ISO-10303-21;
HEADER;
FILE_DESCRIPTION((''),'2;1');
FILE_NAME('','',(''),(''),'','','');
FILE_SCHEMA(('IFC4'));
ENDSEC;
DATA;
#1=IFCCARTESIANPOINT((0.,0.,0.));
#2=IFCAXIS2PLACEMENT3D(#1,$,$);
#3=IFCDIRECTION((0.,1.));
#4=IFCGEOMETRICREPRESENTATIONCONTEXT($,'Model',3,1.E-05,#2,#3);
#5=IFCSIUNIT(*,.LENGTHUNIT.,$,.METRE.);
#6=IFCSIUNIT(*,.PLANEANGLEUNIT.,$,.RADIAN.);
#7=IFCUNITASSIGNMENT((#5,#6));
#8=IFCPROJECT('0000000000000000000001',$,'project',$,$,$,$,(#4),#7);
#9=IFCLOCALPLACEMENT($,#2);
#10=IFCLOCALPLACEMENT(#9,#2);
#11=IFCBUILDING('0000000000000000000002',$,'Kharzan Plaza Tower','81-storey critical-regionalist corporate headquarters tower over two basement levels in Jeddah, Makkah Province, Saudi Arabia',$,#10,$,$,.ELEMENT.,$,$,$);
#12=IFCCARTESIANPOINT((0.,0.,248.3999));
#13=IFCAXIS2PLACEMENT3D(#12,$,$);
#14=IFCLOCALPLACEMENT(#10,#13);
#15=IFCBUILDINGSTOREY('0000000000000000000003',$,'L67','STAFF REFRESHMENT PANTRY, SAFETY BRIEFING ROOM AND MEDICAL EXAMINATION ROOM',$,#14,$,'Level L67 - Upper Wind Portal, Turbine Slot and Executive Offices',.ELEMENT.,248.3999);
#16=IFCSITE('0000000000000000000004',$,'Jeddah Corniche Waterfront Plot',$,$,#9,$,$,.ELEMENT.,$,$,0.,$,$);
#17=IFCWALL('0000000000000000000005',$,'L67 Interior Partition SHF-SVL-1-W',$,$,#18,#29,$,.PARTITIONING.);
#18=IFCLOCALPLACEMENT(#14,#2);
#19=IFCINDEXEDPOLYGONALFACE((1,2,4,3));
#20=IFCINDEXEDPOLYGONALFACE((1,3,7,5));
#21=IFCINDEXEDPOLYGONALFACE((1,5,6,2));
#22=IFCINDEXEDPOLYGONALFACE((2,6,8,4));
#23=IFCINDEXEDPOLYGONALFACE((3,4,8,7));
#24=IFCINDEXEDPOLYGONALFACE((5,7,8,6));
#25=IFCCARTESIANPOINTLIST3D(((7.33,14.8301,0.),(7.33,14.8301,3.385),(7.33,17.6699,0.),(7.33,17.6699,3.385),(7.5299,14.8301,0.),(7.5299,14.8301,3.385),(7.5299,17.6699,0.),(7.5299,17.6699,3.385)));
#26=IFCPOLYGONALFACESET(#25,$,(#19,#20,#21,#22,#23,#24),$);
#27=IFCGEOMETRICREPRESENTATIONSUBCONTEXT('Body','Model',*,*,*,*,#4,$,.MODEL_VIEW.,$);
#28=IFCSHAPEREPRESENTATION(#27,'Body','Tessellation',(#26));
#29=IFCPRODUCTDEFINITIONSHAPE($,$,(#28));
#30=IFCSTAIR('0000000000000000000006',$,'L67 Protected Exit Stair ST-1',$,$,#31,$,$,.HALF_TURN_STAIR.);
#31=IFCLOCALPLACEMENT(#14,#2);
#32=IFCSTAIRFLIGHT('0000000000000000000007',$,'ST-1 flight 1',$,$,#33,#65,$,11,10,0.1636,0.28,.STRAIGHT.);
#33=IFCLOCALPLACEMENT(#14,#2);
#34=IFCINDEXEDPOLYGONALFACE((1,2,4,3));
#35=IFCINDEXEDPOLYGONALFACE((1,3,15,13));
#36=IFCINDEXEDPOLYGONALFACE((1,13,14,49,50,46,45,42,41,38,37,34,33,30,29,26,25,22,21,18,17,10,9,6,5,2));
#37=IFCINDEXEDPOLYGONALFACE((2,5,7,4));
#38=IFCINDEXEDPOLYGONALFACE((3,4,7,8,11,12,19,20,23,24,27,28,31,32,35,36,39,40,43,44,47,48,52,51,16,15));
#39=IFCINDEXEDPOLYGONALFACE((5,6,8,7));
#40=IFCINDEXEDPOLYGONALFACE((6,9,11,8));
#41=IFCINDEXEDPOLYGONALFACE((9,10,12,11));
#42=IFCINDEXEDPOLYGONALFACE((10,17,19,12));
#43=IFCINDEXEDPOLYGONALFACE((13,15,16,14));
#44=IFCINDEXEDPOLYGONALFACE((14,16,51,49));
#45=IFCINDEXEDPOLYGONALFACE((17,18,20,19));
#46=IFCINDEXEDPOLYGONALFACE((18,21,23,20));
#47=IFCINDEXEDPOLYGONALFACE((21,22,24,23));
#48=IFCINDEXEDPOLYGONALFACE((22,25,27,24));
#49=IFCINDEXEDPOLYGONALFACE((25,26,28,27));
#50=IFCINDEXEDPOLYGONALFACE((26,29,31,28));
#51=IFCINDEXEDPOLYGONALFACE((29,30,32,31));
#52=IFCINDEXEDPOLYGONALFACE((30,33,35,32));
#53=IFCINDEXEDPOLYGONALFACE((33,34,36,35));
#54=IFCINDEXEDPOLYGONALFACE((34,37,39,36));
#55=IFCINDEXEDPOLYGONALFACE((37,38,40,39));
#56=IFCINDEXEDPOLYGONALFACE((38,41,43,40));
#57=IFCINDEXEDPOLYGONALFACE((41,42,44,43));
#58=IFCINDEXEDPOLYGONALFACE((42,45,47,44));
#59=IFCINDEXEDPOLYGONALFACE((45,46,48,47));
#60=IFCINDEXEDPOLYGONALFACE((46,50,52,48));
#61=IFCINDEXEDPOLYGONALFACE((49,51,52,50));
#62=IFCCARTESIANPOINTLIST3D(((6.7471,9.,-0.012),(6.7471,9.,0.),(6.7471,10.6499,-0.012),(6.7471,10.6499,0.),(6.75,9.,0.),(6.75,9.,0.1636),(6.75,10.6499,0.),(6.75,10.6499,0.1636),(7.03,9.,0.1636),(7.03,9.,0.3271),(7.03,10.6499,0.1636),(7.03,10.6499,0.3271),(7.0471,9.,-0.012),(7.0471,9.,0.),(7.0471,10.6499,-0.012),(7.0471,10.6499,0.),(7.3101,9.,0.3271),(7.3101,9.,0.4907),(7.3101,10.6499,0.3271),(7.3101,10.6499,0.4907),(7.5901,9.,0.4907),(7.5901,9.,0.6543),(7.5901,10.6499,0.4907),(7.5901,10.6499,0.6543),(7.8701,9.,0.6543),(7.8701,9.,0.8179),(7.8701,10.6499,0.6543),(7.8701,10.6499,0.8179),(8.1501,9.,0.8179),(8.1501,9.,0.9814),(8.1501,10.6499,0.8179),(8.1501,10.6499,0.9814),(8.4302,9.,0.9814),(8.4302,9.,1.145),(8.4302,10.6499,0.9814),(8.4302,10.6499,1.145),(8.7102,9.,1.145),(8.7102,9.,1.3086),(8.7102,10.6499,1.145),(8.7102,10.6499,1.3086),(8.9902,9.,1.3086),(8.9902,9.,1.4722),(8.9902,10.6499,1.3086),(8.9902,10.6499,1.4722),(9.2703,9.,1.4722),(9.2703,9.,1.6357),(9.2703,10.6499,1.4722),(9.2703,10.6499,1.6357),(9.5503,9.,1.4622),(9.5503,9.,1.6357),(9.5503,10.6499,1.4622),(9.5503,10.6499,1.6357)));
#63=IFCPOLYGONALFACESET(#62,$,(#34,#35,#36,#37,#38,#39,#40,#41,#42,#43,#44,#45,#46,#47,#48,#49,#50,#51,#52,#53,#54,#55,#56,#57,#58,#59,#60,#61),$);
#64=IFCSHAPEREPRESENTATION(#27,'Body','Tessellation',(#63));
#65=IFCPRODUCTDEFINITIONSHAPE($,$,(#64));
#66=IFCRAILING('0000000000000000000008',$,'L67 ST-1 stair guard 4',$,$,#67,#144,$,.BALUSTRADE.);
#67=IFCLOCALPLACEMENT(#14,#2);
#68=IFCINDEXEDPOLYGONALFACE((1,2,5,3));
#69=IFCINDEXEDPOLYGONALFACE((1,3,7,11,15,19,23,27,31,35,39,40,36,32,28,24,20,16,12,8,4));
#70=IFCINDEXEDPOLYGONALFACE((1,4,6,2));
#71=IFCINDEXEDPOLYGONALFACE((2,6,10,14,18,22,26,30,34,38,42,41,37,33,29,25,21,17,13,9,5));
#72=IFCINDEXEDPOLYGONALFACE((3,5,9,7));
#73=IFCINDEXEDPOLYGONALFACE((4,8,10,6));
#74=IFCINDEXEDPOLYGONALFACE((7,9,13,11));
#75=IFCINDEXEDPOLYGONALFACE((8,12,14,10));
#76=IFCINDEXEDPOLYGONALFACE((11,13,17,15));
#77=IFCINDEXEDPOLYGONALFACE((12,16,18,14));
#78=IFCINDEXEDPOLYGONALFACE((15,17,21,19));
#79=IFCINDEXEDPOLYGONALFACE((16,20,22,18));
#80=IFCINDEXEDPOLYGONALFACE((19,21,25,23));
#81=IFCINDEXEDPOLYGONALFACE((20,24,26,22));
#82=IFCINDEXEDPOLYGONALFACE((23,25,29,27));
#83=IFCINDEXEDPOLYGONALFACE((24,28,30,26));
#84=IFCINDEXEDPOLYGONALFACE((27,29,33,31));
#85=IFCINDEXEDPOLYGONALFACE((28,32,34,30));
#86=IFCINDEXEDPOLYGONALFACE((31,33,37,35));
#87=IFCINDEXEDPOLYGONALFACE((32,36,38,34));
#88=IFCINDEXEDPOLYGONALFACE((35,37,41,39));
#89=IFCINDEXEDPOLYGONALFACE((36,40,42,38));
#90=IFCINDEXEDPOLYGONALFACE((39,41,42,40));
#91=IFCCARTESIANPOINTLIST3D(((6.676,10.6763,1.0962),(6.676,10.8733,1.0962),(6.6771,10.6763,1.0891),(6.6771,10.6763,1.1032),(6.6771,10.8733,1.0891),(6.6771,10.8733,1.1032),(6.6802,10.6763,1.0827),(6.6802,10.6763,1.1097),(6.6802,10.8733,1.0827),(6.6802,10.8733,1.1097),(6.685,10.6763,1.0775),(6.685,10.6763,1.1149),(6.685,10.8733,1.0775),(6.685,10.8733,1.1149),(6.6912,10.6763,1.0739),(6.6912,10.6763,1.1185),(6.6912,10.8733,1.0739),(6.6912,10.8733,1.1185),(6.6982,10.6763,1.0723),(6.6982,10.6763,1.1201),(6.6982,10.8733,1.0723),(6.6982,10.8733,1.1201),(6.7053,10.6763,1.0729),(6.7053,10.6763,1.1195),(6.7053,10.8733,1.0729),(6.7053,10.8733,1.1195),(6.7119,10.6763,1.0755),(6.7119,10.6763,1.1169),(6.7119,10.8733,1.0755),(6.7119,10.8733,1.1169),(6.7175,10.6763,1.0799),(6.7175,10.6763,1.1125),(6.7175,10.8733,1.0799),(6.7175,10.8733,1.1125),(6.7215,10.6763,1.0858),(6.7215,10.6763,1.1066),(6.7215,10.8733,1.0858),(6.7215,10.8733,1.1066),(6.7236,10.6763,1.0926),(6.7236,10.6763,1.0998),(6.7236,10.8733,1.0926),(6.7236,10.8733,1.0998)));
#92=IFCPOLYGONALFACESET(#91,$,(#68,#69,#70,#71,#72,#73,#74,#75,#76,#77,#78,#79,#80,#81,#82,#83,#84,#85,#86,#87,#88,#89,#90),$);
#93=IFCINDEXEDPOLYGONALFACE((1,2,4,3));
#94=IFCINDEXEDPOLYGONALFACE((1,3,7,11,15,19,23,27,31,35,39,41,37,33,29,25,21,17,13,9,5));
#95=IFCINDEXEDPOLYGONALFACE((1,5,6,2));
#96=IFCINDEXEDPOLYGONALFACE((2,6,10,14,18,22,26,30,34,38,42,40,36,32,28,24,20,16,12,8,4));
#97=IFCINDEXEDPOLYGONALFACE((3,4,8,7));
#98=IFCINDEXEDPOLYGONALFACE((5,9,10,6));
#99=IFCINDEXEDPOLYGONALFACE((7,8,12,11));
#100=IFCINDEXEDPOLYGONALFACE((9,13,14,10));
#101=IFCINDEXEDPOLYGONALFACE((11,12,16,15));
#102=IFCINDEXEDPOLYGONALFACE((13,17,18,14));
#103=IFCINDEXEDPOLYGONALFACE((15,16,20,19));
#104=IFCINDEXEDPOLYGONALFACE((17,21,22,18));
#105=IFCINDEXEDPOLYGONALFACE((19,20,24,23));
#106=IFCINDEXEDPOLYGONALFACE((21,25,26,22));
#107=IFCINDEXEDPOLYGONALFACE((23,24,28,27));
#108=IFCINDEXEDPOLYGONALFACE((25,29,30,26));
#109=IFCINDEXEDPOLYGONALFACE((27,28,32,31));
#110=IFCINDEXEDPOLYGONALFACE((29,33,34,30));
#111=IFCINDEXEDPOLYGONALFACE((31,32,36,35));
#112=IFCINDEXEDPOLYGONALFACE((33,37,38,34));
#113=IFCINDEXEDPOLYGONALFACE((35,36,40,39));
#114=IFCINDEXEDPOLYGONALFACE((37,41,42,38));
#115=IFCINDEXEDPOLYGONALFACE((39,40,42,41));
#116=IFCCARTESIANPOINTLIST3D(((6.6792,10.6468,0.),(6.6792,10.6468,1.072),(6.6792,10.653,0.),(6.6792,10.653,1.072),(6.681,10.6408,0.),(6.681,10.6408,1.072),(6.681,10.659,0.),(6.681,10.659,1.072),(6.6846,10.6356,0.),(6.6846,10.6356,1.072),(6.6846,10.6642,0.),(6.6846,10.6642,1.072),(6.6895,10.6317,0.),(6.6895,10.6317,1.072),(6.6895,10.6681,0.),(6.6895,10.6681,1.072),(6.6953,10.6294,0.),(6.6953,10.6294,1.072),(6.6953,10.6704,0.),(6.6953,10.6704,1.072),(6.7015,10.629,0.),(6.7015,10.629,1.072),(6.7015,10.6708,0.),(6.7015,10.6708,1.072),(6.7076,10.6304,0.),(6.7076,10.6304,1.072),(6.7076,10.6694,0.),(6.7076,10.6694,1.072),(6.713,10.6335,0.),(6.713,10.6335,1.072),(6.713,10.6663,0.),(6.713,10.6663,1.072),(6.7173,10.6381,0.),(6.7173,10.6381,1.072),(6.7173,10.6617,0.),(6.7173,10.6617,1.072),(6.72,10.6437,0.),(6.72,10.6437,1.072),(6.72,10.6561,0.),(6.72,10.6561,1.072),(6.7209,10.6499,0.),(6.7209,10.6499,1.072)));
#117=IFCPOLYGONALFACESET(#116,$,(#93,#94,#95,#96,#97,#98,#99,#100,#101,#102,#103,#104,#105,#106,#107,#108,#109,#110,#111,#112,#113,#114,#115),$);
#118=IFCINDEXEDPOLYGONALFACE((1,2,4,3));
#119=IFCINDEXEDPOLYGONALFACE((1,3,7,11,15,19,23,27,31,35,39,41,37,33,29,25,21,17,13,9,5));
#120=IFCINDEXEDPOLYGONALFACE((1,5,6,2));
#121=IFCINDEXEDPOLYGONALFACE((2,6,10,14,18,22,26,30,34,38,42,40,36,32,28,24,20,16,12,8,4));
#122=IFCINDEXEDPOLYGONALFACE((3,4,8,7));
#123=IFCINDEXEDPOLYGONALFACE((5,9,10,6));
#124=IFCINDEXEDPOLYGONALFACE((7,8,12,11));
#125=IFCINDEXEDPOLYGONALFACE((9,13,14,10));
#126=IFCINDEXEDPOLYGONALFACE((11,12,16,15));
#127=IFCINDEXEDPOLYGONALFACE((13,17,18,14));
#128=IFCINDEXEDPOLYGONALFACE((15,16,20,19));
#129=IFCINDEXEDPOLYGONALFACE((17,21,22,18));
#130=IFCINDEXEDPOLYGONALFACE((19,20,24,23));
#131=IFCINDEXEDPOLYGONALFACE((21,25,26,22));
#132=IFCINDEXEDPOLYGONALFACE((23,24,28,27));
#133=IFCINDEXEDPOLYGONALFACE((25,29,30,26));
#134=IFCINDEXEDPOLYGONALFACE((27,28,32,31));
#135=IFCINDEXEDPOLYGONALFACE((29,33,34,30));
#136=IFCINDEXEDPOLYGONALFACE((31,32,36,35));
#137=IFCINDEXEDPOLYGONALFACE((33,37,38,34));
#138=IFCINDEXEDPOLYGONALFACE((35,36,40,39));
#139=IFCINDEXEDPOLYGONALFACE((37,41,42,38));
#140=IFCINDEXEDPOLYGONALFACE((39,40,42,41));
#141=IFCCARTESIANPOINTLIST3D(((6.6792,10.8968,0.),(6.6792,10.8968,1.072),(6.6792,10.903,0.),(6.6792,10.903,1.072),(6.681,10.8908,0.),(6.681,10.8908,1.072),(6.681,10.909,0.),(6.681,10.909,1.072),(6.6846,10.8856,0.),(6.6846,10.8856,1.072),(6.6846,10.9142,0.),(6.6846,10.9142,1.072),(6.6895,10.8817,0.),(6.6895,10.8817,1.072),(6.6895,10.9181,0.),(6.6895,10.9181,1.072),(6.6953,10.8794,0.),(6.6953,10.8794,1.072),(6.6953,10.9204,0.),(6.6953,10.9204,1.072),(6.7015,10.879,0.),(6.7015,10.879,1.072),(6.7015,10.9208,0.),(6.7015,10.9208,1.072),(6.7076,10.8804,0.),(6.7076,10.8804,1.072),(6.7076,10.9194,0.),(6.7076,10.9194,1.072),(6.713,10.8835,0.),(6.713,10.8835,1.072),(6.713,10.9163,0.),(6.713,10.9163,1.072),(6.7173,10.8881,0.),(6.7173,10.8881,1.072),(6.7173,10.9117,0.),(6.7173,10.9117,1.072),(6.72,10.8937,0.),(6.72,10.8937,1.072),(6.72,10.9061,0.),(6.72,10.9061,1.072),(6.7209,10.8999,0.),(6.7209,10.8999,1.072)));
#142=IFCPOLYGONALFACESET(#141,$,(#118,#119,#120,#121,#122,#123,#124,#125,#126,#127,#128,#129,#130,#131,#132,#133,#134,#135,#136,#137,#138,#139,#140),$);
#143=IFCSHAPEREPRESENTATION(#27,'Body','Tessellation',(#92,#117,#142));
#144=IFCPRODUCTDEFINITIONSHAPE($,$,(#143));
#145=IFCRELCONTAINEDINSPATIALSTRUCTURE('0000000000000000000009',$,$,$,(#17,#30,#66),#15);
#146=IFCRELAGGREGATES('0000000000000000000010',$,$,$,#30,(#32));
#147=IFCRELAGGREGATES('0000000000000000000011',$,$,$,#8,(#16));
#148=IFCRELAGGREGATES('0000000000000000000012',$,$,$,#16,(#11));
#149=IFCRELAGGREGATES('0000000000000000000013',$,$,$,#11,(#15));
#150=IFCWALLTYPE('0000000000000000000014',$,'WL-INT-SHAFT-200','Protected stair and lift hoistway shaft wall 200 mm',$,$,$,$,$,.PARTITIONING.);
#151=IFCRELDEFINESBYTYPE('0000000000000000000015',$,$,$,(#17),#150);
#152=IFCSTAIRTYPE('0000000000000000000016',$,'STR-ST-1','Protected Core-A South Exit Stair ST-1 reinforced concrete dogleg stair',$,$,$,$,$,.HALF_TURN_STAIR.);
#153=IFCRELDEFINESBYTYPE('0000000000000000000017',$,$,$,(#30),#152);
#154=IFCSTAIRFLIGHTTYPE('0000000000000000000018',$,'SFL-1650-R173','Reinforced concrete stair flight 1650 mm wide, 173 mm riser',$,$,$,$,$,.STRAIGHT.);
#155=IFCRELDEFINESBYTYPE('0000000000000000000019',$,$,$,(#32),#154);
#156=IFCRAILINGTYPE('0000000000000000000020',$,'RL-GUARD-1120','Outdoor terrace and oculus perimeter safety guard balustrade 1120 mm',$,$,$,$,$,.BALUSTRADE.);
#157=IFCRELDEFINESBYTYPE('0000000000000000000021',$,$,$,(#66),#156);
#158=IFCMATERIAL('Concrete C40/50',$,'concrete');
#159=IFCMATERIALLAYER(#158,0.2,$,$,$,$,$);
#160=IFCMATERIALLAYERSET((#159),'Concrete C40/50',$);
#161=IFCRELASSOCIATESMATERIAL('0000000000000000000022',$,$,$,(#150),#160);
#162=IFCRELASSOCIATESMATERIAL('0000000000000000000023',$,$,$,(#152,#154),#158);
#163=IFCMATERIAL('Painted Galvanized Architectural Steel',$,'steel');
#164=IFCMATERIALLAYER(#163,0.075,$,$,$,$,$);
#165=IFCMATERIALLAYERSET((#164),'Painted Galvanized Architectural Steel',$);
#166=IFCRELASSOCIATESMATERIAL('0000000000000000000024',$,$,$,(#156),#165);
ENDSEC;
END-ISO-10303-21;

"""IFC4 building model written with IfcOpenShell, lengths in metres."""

from ifc_helpers import new_model, si_unit, direction, frame, frame_2d, origin, origin_2d, place, context, subcontext, project, spatial, polyline, rectangle, circle, outline, extrude, source, transform, mapped, material, layer, layer_set, type_object, element, aggregate, save


model = new_model("IFC4")

# Units and contexts
model_context = context("Model", 3, precision=1e-05, world=origin(), true_north=direction((0.0, 1.0)))
body_context = subcontext(model_context, "Body", "Model", "MODEL_VIEW")
ifc_project = project(units=[si_unit("LENGTHUNIT", "METRE"), si_unit("PLANEANGLEUNIT", "RADIAN")], contexts=[model_context])

# Site, building, storey
site_placement = place(None, origin())
site = spatial("IfcSite", under=ifc_project, at=site_placement, Name="Jeddah Corniche Waterfront Plot", CompositionType="ELEMENT", RefElevation=0.0)
building_placement = place(site_placement, origin())
building = spatial("IfcBuilding", under=site, at=building_placement, Name="Kharzan Plaza Tower", Description="81-storey critical-regionalist corporate headquarters tower over two basement levels in Jeddah, Makkah Province, Saudi Arabia", CompositionType="ELEMENT")
storey_placement = place(building_placement, frame((0.0, 0.0, 248.3999)))
storey = spatial("IfcBuildingStorey", under=building, at=storey_placement, Name="L67", Description="STAFF REFRESHMENT PANTRY, SAFETY BRIEFING ROOM AND MEDICAL EXAMINATION ROOM", LongName="Level L67 - Upper Wind Portal, Turbine Slot and Executive Offices", CompositionType="ELEMENT", Elevation=248.3999)

# Shared definitions
ifc_material_1 = material(Name="Concrete C40/50", Category="concrete")

# Wall
ifc_layer_1 = layer(ifc_material_1, 0.2)
ifc_layer_set_1 = layer_set([ifc_layer_1], Name="Concrete C40/50")
wall_type_1 = type_object("IfcWallType", Name="WL-INT-SHAFT-200", Description="Protected stair and lift hoistway shaft wall 200 mm", PredefinedType="PARTITIONING", material=ifc_layer_set_1)
shared_shape_1 = source(origin(), body_context, "Body", "SweptSolid", [
    extrude(rectangle(XDim=2.8398, YDim=0.2, at=frame_2d((1.4199, 0.0))), origin(), (0.0, 0.0, 1.0), 3.385),
])
wall_1_placement = place(storey_placement, frame((7.4299, 14.8301, 0.0), z_axis=(0.0, 0.0, 1.0), x_axis=(0.0, 1.0, 0.0)))
element("IfcWall", 1, at=wall_1_placement, inside=storey, type_object=wall_type_1, Name="L67 Interior Partition SHF-SVL-1-W", PredefinedType="PARTITIONING", context=body_context, shape_type="MappedRepresentation", body=[
    mapped(shared_shape_1, transform((0.0, 0.0, 0.0), x_axis=(1.0, 0.0, 0.0), y_axis=(0.0, 1.0, 0.0), z_axis=(0.0, 0.0, 1.0))),
])

# Stair, stair flight
stair_type = type_object("IfcStairType", Name="STR-ST-1", Description="Protected Core-A South Exit Stair ST-1 reinforced concrete dogleg stair", PredefinedType="HALF_TURN_STAIR", material=ifc_material_1)
stair_placement = place(storey_placement, origin())
stair = element("IfcStair", 2, at=stair_placement, inside=storey, type_object=stair_type, Name="L67 Protected Exit Stair ST-1", PredefinedType="HALF_TURN_STAIR")
stair_flight_type = type_object("IfcStairFlightType", Name="SFL-1650-R173", Description="Reinforced concrete stair flight 1650 mm wide, 173 mm riser", PredefinedType="STRAIGHT", material=ifc_material_1)
shared_shape_2 = source(origin(), body_context, "Body", "SweptSolid", [
    extrude(outline(polyline([(-0.0029, -0.012), (-0.0029, 0.0), (0.0, 0.0), (0.0, 0.1636), (0.28, 0.1636), (0.28, 0.3271), (0.5601, 0.3271), (0.5601, 0.4907), (0.8401, 0.4907), (0.8401, 0.6543), (1.1201, 0.6543), (1.1201, 0.8179), (1.4001, 0.8179), (1.4001, 0.9814), (1.6802, 0.9814), (1.6802, 1.145), (1.9602, 1.145), (1.9602, 1.3086), (2.2402, 1.3086), (2.2402, 1.4722), (2.5203, 1.4722), (2.5203, 1.6357), (2.8003, 1.6357), (2.8003, 1.7993), (2.8003, 1.4622), (0.2971, 0.0), (0.2971, -0.012), (-0.0029, -0.012)])), frame((0.0, 0.825, 0.0), z_axis=(0.0, -1.0, 0.0), x_axis=(1.0, 0.0, 0.0)), (0.0, 0.0, 1.0), 1.6499),
])
stair_flight_placement = place(storey_placement, frame((6.75, 9.825, 0.0), z_axis=(0.0, 0.0, 1.0), x_axis=(1.0, 0.0, 0.0)))
stair_flight = element("IfcStairFlight", 3, at=stair_flight_placement, type_object=stair_flight_type, Name="ST-1 flight 1", NumberOfRisers=11, NumberOfTreads=10, PredefinedType="STRAIGHT", RiserHeight=0.1636, TreadLength=0.28, context=body_context, shape_type="MappedRepresentation", body=[
    mapped(shared_shape_2, transform((0.0, 0.0, 0.0), x_axis=(1.0, 0.0, 0.0), y_axis=(0.0, 1.0, 0.0), z_axis=(0.0, 0.0, 1.0))),
])
aggregate(stair, [stair_flight])

# Railing
ifc_material_2 = material(Name="Painted Galvanized Architectural Steel", Category="steel")
ifc_layer_2 = layer(ifc_material_2, 0.075)
ifc_layer_set_2 = layer_set([ifc_layer_2], Name="Painted Galvanized Architectural Steel")
railing_type_1 = type_object("IfcRailingType", Name="RL-GUARD-1120", Description="Outdoor terrace and oculus perimeter safety guard balustrade 1120 mm", PredefinedType="BALUSTRADE", material=ifc_layer_set_2)
shared_shape_3 = source(origin(), body_context, "Body", "SweptSolid", [
    extrude(circle(Radius=0.0239, at=origin_2d()), frame((0.0, 0.0264, 1.0962), z_axis=(0.0, 1.0, 0.0), x_axis=(-1.0, 0.0, 0.0)), (0.0, 0.0, 1.0), 0.197),
    extrude(circle(Radius=0.021, at=origin_2d()), origin(), (0.0, 0.0, 1.0), 1.072),
    extrude(circle(Radius=0.021, at=origin_2d()), frame((0.0, 0.25, 0.0)), (0.0, 0.0, 1.0), 1.072),
])
railing_1_placement = place(storey_placement, frame((6.7, 10.6499, 0.0)))
element("IfcRailing", 4, at=railing_1_placement, inside=storey, type_object=railing_type_1, Name="L67 ST-1 stair guard 4", PredefinedType="BALUSTRADE", context=body_context, shape_type="MappedRepresentation", body=[
    mapped(shared_shape_3, transform((0.0, 0.0, 0.0), x_axis=(1.0, 0.0, 0.0), y_axis=(0.0, 1.0, 0.0), z_axis=(0.0, 0.0, 1.0))),
])

save(model, "model.ifc")
